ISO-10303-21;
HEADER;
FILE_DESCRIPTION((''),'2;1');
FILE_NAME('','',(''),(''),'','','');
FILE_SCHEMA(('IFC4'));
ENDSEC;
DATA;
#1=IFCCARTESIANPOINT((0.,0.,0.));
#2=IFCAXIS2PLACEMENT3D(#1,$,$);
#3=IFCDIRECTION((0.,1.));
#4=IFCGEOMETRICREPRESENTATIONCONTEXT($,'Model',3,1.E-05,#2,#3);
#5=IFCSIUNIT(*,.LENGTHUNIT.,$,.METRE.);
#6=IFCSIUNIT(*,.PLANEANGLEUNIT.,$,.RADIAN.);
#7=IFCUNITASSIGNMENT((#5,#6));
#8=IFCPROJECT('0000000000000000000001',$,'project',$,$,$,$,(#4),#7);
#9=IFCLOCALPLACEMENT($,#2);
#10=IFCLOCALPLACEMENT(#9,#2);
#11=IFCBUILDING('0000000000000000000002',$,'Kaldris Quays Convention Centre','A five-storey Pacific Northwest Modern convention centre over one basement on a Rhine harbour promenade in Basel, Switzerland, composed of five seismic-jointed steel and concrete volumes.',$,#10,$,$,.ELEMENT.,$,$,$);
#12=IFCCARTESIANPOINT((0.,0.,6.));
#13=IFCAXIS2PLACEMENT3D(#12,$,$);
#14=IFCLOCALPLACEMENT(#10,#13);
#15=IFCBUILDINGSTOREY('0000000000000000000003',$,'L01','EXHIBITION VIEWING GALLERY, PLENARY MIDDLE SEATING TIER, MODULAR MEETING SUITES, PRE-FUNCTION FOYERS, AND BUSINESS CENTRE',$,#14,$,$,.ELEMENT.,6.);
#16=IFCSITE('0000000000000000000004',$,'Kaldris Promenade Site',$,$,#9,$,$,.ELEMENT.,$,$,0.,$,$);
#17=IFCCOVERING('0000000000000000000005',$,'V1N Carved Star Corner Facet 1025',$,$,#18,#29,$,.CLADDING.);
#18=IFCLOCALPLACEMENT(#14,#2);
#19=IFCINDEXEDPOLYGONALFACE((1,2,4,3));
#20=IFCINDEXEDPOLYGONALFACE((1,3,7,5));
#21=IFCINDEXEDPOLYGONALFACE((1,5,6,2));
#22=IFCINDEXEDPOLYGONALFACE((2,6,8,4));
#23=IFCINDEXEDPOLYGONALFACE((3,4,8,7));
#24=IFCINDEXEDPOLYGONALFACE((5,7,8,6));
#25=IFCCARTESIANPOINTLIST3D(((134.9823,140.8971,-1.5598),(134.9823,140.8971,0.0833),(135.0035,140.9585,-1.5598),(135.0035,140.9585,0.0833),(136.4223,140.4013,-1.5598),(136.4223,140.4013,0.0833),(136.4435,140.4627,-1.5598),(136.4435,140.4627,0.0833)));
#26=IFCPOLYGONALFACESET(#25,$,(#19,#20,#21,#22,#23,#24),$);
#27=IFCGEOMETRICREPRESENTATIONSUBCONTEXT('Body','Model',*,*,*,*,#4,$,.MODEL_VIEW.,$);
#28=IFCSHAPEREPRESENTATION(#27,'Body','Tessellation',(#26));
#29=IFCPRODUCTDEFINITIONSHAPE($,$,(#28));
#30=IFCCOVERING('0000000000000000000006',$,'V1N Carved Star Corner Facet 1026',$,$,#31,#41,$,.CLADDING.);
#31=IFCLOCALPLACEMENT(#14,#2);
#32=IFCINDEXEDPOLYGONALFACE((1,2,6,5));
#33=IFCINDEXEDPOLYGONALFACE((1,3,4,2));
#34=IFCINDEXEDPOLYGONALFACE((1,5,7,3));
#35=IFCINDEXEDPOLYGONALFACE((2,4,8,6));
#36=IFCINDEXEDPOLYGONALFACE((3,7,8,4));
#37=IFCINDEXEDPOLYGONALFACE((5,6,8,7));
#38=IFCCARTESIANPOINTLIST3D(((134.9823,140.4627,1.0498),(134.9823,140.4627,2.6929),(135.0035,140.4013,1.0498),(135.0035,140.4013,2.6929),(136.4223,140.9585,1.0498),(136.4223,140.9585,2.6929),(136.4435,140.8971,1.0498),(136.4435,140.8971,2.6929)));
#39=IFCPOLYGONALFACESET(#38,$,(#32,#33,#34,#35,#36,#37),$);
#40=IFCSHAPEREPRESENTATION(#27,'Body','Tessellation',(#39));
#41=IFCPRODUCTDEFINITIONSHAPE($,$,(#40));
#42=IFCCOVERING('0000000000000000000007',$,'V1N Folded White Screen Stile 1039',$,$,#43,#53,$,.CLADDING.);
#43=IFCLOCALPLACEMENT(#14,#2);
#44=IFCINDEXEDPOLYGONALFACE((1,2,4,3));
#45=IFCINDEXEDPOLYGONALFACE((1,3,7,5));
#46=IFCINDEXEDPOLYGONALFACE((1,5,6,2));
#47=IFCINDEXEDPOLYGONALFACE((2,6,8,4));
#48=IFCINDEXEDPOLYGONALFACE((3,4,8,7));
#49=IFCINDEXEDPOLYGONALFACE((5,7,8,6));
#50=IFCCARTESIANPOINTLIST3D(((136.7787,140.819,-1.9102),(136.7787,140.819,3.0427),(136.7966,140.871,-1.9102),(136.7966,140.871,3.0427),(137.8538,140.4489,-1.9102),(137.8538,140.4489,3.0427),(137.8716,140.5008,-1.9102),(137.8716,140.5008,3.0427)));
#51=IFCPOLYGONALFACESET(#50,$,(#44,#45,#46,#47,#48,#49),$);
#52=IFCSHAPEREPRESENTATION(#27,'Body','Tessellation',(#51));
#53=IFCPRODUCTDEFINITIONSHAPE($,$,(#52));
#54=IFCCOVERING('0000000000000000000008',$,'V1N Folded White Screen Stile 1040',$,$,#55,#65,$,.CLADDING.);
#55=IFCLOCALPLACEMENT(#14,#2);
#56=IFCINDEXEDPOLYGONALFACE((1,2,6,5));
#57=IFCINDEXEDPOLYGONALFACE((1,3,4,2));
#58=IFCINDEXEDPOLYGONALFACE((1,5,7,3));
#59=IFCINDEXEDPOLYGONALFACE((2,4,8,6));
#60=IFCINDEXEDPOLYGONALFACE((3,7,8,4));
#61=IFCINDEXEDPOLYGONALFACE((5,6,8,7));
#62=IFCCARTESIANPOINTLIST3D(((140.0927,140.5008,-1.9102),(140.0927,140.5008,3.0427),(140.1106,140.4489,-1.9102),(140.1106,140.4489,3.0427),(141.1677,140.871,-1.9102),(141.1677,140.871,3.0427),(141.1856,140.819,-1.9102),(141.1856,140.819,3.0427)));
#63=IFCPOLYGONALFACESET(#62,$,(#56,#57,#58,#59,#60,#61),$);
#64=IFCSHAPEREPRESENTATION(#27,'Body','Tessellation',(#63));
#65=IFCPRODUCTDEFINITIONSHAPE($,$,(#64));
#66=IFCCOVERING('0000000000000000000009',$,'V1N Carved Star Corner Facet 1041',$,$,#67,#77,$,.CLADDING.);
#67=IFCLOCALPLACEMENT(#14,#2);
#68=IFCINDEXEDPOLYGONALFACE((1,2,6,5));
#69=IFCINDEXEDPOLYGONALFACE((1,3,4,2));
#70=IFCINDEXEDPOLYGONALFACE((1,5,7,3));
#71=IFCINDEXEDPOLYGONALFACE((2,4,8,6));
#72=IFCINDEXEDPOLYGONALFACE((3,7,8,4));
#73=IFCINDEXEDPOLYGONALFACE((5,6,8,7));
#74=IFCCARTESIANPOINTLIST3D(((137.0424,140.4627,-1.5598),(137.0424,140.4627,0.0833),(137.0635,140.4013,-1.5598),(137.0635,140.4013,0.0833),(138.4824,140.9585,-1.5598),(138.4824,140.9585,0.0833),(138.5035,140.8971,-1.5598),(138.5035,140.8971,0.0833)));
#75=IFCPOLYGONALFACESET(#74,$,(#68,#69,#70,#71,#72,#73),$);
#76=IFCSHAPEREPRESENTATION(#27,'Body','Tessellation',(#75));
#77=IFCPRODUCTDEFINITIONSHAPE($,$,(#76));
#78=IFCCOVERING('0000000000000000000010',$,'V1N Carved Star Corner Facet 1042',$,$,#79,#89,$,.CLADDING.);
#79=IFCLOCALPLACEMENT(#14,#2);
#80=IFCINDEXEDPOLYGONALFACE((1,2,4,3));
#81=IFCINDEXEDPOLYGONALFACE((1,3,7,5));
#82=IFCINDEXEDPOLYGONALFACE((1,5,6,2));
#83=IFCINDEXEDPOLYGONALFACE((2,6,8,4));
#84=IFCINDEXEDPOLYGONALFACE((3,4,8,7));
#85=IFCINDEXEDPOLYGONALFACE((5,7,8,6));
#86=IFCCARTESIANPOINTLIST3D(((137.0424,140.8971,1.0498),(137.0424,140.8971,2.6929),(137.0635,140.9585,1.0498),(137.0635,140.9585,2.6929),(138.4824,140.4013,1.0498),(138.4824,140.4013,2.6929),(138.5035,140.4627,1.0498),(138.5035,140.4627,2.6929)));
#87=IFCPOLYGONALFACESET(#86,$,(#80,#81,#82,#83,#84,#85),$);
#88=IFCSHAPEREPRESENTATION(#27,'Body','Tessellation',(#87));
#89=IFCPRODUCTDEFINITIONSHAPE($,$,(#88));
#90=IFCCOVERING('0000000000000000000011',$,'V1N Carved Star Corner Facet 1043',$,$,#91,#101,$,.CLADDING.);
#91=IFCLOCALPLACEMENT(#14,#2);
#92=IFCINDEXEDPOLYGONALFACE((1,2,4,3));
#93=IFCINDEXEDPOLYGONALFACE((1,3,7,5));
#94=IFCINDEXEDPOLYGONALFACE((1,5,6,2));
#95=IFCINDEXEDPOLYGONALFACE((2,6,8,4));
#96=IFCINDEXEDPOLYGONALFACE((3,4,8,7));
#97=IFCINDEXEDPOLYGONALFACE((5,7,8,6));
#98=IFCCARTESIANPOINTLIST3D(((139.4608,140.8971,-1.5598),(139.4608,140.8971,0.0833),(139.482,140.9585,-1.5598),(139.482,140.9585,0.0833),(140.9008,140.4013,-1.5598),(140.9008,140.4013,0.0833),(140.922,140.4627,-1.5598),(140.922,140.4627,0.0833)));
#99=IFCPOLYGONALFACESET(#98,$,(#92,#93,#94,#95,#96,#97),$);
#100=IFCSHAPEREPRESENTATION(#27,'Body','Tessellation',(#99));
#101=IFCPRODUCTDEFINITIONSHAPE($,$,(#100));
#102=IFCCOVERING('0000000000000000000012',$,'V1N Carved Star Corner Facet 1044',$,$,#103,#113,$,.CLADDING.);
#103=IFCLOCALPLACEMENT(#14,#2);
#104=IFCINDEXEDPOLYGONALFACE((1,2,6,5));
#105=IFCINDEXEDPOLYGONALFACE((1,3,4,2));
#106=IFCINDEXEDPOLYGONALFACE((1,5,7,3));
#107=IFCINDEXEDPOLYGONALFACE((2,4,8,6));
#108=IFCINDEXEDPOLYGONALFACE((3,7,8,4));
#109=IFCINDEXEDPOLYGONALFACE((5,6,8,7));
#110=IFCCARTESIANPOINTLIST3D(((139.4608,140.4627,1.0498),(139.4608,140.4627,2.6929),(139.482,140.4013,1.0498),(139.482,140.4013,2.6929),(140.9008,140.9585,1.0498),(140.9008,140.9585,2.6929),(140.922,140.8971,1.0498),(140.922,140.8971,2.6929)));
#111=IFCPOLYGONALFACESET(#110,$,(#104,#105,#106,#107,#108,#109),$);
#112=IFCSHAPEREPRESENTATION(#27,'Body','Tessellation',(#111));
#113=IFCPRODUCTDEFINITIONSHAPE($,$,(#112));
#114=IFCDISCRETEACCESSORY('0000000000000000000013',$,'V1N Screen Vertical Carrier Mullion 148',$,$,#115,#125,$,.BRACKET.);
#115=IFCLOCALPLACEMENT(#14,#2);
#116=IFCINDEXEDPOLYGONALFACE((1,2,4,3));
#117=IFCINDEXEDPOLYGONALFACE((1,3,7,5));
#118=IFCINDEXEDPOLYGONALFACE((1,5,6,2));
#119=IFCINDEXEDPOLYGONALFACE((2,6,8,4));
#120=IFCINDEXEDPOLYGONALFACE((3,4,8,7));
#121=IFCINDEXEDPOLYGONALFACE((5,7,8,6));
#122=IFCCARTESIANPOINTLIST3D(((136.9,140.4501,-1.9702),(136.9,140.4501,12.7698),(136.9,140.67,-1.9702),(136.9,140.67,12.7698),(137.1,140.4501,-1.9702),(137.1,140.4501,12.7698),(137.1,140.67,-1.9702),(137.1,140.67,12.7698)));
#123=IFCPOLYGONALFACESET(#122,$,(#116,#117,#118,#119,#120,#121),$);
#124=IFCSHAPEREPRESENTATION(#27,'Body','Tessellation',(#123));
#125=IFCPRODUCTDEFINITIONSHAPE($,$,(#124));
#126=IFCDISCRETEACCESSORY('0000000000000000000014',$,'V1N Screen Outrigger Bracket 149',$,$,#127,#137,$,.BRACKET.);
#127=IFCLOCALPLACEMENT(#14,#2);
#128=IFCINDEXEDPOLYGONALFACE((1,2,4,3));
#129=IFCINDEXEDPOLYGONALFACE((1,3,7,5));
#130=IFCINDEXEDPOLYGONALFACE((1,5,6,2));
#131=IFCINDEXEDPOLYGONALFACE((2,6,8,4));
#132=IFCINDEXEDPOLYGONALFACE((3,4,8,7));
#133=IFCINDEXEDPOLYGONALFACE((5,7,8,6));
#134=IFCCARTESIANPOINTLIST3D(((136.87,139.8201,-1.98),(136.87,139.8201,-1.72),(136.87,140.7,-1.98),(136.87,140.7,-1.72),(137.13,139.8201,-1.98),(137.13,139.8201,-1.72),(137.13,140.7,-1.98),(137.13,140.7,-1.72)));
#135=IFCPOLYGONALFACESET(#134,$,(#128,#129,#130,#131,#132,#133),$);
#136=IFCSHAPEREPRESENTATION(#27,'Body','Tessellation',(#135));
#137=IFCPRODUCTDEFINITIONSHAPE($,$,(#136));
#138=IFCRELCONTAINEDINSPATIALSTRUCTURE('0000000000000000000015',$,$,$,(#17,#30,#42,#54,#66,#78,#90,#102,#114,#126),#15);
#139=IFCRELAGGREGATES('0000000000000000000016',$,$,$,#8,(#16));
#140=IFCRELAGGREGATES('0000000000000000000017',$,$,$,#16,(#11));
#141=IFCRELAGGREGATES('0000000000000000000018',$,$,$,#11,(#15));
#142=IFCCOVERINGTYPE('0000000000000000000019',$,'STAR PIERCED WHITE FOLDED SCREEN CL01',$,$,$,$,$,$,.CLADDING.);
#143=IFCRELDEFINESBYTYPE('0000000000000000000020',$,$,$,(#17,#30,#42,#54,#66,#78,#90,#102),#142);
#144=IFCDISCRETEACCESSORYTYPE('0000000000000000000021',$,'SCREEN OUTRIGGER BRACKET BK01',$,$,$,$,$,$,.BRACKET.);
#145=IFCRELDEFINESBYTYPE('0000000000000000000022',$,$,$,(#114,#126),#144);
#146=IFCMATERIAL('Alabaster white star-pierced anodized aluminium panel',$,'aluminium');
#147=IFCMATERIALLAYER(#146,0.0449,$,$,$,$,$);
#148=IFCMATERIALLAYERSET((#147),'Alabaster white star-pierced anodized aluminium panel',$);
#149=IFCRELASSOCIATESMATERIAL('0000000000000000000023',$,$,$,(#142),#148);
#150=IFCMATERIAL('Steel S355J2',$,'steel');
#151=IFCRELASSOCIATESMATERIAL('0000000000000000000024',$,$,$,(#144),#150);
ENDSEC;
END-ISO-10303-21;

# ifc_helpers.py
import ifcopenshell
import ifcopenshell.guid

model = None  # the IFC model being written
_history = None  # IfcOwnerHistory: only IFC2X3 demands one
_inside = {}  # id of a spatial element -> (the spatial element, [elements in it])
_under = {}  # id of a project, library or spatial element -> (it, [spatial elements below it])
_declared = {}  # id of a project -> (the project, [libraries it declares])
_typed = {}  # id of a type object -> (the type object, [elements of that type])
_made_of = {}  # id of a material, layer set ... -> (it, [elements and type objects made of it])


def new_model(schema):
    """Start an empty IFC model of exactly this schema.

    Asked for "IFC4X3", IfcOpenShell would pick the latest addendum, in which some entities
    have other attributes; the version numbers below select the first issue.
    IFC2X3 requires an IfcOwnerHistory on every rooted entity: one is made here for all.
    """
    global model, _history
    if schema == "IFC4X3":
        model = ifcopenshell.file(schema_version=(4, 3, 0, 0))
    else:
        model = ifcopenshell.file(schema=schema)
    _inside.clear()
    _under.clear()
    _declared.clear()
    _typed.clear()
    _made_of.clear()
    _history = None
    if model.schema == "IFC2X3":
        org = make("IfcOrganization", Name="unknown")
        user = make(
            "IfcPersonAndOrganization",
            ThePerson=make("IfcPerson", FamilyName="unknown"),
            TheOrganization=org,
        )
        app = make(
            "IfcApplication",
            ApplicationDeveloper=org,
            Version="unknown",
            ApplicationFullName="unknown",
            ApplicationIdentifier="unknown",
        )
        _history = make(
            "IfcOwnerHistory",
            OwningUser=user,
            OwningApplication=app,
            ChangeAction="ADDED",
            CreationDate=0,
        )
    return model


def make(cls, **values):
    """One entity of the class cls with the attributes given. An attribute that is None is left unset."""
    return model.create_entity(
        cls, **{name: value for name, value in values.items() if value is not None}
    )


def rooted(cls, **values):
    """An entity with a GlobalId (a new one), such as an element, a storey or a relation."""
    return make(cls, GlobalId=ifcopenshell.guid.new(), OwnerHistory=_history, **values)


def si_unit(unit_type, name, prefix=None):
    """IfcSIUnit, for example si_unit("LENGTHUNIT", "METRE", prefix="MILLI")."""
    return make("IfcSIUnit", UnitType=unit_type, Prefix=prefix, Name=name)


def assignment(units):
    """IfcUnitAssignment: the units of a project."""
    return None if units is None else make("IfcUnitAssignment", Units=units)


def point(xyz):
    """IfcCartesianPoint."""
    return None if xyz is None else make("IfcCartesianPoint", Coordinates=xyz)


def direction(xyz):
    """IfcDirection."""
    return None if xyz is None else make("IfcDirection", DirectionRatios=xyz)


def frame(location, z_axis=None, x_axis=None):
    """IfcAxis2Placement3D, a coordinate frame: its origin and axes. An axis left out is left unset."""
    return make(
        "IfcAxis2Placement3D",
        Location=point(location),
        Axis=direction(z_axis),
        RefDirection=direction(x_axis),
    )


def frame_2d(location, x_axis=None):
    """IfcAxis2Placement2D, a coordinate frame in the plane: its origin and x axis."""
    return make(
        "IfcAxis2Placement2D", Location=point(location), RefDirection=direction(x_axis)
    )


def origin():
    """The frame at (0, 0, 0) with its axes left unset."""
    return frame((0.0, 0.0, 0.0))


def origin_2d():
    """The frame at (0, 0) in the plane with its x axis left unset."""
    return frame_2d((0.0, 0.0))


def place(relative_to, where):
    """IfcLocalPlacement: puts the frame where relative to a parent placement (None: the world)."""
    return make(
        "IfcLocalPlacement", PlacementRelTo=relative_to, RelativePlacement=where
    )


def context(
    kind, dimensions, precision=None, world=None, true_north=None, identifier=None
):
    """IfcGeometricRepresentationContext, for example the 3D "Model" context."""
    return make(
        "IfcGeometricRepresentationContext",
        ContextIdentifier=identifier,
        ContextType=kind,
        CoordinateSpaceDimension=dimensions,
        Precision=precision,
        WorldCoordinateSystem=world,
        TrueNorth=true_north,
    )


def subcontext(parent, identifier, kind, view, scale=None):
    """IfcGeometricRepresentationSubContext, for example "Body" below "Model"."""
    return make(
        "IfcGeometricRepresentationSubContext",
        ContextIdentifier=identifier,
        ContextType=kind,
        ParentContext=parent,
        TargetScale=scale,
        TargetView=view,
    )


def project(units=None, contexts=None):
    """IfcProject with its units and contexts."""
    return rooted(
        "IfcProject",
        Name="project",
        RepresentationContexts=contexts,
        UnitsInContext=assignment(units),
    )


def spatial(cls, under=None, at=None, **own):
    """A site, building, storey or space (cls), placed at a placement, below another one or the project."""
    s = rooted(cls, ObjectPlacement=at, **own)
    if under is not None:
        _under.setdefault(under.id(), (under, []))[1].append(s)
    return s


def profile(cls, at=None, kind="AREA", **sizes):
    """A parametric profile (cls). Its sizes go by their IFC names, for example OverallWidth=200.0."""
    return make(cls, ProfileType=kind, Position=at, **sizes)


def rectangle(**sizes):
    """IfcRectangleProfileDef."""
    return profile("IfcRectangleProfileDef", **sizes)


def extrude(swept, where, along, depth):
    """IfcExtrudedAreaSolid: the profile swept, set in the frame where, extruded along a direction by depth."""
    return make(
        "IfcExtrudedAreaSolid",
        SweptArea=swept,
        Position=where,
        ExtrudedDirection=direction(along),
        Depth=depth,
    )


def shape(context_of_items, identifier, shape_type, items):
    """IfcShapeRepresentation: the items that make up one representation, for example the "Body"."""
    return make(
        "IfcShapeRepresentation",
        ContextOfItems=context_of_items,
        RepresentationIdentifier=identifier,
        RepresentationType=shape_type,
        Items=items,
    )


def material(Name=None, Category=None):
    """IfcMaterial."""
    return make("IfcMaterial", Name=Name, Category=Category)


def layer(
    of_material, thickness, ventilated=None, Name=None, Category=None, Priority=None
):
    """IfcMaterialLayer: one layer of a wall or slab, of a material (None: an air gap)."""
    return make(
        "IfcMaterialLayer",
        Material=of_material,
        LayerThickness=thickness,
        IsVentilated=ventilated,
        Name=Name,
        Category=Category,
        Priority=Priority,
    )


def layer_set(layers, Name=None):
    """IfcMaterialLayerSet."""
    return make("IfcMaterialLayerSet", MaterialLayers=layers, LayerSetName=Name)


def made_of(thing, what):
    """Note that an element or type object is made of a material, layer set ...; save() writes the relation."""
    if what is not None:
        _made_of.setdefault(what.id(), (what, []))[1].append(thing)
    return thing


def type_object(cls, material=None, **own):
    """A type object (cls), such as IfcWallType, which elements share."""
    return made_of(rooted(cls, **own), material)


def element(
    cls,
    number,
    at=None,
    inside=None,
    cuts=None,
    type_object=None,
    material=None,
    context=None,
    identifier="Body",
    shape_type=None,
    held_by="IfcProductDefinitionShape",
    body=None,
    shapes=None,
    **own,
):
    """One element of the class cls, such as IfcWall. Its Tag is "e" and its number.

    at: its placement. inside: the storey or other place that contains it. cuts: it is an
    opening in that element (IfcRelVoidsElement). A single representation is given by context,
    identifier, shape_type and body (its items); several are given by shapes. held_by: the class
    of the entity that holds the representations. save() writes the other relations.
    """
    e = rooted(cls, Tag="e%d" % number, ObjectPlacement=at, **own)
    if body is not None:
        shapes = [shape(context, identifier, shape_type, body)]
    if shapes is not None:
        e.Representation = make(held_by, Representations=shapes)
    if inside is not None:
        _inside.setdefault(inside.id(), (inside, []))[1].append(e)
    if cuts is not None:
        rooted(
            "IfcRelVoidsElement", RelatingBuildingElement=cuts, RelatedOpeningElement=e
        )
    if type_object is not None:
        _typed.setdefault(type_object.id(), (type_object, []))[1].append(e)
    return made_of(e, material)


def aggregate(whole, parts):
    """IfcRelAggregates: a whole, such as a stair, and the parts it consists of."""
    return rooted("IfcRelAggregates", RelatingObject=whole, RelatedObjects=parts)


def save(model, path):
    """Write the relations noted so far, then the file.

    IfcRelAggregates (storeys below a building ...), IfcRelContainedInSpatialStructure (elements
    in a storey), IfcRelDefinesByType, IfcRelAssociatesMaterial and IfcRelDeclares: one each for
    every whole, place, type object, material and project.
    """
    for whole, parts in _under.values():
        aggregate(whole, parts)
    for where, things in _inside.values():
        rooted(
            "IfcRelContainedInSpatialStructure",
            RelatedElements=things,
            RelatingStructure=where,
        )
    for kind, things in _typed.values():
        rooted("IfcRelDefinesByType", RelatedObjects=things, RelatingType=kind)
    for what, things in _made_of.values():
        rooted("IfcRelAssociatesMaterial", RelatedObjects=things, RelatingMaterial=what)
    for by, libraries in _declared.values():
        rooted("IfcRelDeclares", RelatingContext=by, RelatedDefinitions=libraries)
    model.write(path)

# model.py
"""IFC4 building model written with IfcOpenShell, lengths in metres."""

from ifc_helpers import new_model, si_unit, direction, frame, origin, origin_2d, place, context, subcontext, project, spatial, rectangle, extrude, material, layer, layer_set, type_object, element, save


model = new_model("IFC4")

# Units and contexts
model_context = context("Model", 3, precision=1e-05, world=origin(), true_north=direction((0.0, 1.0)))
body_context = subcontext(model_context, "Body", "Model", "MODEL_VIEW")
ifc_project = project(units=[si_unit("LENGTHUNIT", "METRE"), si_unit("PLANEANGLEUNIT", "RADIAN")], contexts=[model_context])

# Site, building, storey
site_placement = place(None, origin())
site = spatial("IfcSite", under=ifc_project, at=site_placement, Name="Kaldris Promenade Site", CompositionType="ELEMENT", RefElevation=0.0)
building_placement = place(site_placement, origin())
building = spatial("IfcBuilding", under=site, at=building_placement, Name="Kaldris Quays Convention Centre", Description="A five-storey Pacific Northwest Modern convention centre over one basement on a Rhine harbour promenade in Basel, Switzerland, composed of five seismic-jointed steel and concrete volumes.", CompositionType="ELEMENT")
storey_placement = place(building_placement, frame((0.0, 0.0, 6.0)))
storey = spatial("IfcBuildingStorey", under=building, at=storey_placement, Name="L01", Description="EXHIBITION VIEWING GALLERY, PLENARY MIDDLE SEATING TIER, MODULAR MEETING SUITES, PRE-FUNCTION FOYERS, AND BUSINESS CENTRE", CompositionType="ELEMENT", Elevation=6.0)

# Shared definitions
ifc_material_1 = material(Name="Steel S355J2", Category="steel")

# Coverings
ifc_material_2 = material(Name="Alabaster white star-pierced anodized aluminium panel", Category="aluminium")
ifc_layer_1 = layer(ifc_material_2, 0.0449)
ifc_layer_set_1 = layer_set([ifc_layer_1], Name="Alabaster white star-pierced anodized aluminium panel")
covering_type = type_object("IfcCoveringType", Name="STAR PIERCED WHITE FOLDED SCREEN CL01", PredefinedType="CLADDING", material=ifc_layer_set_1)
for number, where, z_axis, x_axis, name in (
    (1, (135.7129, 140.6799, -1.5598), (0.0, 0.0, 1.0), (0.945519, -0.325568, 0.0), "V1N Carved Star Corner Facet 1025"),
    (2, (135.7129, 140.6799, 1.0498), (0.0, 0.0, 1.0), (0.945519, 0.325568, 0.0), "V1N Carved Star Corner Facet 1026"),
):
    element("IfcCovering", number, at=place(storey_placement, frame(where, z_axis=z_axis, x_axis=x_axis)), inside=storey, type_object=covering_type, Name=name, PredefinedType="CLADDING", context=body_context, shape_type="SweptSolid", body=[
        extrude(rectangle(XDim=1.5229, YDim=0.0649, at=origin_2d()), origin(), (0.0, 0.0, 1.0), 1.6431),
    ])
for number, where, z_axis, x_axis, name in (
    (3, (137.3252, 140.6599, -1.9102), (0.0, 0.0, 1.0), (0.945519, -0.325568, 0.0), "V1N Folded White Screen Stile 1039"),
    (4, (140.6392, 140.6599, -1.9102), (0.0, 0.0, 1.0), (0.945519, 0.325568, 0.0), "V1N Folded White Screen Stile 1040"),
):
    element("IfcCovering", number, at=place(storey_placement, frame(where, z_axis=z_axis, x_axis=x_axis)), inside=storey, type_object=covering_type, Name=name, PredefinedType="CLADDING", context=body_context, shape_type="SweptSolid", body=[
        extrude(rectangle(XDim=1.137, YDim=0.0549, at=origin_2d()), origin(), (0.0, 0.0, 1.0), 4.9529),
    ])
for number, where, z_axis, x_axis, name in (
    (5, (137.7729, 140.6799, -1.5598), (0.0, 0.0, 1.0), (0.945519, 0.325568, 0.0), "V1N Carved Star Corner Facet 1041"),
    (6, (137.7729, 140.6799, 1.0498), (0.0, 0.0, 1.0), (0.945519, -0.325568, 0.0), "V1N Carved Star Corner Facet 1042"),
    (7, (140.1914, 140.6799, -1.5598), (0.0, 0.0, 1.0), (0.945519, -0.325568, 0.0), "V1N Carved Star Corner Facet 1043"),
    (8, (140.1914, 140.6799, 1.0498), (0.0, 0.0, 1.0), (0.945519, 0.325568, 0.0), "V1N Carved Star Corner Facet 1044"),
):
    element("IfcCovering", number, at=place(storey_placement, frame(where, z_axis=z_axis, x_axis=x_axis)), inside=storey, type_object=covering_type, Name=name, PredefinedType="CLADDING", context=body_context, shape_type="SweptSolid", body=[
        extrude(rectangle(XDim=1.5229, YDim=0.0649, at=origin_2d()), origin(), (0.0, 0.0, 1.0), 1.6431),
    ])

# Discrete accessories
discrete_accessory_type = type_object("IfcDiscreteAccessoryType", Name="SCREEN OUTRIGGER BRACKET BK01", PredefinedType="BRACKET", material=ifc_material_1)
discrete_accessory_1_placement = place(storey_placement, frame((137.0, 140.5601, -1.9702), z_axis=(0.0, 0.0, 1.0), x_axis=(1.0, 0.0, 0.0)))
element("IfcDiscreteAccessory", 9, at=discrete_accessory_1_placement, inside=storey, type_object=discrete_accessory_type, Name="V1N Screen Vertical Carrier Mullion 148", PredefinedType="BRACKET", context=body_context, shape_type="SweptSolid", body=[
    extrude(rectangle(XDim=0.2, YDim=0.22, at=origin_2d()), origin(), (0.0, 0.0, 1.0), 14.74),
])
discrete_accessory_2_placement = place(storey_placement, frame((137.0, 140.26, -1.98), z_axis=(0.0, 0.0, 1.0), x_axis=(1.0, 0.0, 0.0)))
element("IfcDiscreteAccessory", 10, at=discrete_accessory_2_placement, inside=storey, type_object=discrete_accessory_type, Name="V1N Screen Outrigger Bracket 149", PredefinedType="BRACKET", context=body_context, shape_type="SweptSolid", body=[
    extrude(rectangle(XDim=0.26, YDim=0.8799, at=origin_2d()), origin(), (0.0, 0.0, 1.0), 0.26),
])

save(model, "model.ifc")
